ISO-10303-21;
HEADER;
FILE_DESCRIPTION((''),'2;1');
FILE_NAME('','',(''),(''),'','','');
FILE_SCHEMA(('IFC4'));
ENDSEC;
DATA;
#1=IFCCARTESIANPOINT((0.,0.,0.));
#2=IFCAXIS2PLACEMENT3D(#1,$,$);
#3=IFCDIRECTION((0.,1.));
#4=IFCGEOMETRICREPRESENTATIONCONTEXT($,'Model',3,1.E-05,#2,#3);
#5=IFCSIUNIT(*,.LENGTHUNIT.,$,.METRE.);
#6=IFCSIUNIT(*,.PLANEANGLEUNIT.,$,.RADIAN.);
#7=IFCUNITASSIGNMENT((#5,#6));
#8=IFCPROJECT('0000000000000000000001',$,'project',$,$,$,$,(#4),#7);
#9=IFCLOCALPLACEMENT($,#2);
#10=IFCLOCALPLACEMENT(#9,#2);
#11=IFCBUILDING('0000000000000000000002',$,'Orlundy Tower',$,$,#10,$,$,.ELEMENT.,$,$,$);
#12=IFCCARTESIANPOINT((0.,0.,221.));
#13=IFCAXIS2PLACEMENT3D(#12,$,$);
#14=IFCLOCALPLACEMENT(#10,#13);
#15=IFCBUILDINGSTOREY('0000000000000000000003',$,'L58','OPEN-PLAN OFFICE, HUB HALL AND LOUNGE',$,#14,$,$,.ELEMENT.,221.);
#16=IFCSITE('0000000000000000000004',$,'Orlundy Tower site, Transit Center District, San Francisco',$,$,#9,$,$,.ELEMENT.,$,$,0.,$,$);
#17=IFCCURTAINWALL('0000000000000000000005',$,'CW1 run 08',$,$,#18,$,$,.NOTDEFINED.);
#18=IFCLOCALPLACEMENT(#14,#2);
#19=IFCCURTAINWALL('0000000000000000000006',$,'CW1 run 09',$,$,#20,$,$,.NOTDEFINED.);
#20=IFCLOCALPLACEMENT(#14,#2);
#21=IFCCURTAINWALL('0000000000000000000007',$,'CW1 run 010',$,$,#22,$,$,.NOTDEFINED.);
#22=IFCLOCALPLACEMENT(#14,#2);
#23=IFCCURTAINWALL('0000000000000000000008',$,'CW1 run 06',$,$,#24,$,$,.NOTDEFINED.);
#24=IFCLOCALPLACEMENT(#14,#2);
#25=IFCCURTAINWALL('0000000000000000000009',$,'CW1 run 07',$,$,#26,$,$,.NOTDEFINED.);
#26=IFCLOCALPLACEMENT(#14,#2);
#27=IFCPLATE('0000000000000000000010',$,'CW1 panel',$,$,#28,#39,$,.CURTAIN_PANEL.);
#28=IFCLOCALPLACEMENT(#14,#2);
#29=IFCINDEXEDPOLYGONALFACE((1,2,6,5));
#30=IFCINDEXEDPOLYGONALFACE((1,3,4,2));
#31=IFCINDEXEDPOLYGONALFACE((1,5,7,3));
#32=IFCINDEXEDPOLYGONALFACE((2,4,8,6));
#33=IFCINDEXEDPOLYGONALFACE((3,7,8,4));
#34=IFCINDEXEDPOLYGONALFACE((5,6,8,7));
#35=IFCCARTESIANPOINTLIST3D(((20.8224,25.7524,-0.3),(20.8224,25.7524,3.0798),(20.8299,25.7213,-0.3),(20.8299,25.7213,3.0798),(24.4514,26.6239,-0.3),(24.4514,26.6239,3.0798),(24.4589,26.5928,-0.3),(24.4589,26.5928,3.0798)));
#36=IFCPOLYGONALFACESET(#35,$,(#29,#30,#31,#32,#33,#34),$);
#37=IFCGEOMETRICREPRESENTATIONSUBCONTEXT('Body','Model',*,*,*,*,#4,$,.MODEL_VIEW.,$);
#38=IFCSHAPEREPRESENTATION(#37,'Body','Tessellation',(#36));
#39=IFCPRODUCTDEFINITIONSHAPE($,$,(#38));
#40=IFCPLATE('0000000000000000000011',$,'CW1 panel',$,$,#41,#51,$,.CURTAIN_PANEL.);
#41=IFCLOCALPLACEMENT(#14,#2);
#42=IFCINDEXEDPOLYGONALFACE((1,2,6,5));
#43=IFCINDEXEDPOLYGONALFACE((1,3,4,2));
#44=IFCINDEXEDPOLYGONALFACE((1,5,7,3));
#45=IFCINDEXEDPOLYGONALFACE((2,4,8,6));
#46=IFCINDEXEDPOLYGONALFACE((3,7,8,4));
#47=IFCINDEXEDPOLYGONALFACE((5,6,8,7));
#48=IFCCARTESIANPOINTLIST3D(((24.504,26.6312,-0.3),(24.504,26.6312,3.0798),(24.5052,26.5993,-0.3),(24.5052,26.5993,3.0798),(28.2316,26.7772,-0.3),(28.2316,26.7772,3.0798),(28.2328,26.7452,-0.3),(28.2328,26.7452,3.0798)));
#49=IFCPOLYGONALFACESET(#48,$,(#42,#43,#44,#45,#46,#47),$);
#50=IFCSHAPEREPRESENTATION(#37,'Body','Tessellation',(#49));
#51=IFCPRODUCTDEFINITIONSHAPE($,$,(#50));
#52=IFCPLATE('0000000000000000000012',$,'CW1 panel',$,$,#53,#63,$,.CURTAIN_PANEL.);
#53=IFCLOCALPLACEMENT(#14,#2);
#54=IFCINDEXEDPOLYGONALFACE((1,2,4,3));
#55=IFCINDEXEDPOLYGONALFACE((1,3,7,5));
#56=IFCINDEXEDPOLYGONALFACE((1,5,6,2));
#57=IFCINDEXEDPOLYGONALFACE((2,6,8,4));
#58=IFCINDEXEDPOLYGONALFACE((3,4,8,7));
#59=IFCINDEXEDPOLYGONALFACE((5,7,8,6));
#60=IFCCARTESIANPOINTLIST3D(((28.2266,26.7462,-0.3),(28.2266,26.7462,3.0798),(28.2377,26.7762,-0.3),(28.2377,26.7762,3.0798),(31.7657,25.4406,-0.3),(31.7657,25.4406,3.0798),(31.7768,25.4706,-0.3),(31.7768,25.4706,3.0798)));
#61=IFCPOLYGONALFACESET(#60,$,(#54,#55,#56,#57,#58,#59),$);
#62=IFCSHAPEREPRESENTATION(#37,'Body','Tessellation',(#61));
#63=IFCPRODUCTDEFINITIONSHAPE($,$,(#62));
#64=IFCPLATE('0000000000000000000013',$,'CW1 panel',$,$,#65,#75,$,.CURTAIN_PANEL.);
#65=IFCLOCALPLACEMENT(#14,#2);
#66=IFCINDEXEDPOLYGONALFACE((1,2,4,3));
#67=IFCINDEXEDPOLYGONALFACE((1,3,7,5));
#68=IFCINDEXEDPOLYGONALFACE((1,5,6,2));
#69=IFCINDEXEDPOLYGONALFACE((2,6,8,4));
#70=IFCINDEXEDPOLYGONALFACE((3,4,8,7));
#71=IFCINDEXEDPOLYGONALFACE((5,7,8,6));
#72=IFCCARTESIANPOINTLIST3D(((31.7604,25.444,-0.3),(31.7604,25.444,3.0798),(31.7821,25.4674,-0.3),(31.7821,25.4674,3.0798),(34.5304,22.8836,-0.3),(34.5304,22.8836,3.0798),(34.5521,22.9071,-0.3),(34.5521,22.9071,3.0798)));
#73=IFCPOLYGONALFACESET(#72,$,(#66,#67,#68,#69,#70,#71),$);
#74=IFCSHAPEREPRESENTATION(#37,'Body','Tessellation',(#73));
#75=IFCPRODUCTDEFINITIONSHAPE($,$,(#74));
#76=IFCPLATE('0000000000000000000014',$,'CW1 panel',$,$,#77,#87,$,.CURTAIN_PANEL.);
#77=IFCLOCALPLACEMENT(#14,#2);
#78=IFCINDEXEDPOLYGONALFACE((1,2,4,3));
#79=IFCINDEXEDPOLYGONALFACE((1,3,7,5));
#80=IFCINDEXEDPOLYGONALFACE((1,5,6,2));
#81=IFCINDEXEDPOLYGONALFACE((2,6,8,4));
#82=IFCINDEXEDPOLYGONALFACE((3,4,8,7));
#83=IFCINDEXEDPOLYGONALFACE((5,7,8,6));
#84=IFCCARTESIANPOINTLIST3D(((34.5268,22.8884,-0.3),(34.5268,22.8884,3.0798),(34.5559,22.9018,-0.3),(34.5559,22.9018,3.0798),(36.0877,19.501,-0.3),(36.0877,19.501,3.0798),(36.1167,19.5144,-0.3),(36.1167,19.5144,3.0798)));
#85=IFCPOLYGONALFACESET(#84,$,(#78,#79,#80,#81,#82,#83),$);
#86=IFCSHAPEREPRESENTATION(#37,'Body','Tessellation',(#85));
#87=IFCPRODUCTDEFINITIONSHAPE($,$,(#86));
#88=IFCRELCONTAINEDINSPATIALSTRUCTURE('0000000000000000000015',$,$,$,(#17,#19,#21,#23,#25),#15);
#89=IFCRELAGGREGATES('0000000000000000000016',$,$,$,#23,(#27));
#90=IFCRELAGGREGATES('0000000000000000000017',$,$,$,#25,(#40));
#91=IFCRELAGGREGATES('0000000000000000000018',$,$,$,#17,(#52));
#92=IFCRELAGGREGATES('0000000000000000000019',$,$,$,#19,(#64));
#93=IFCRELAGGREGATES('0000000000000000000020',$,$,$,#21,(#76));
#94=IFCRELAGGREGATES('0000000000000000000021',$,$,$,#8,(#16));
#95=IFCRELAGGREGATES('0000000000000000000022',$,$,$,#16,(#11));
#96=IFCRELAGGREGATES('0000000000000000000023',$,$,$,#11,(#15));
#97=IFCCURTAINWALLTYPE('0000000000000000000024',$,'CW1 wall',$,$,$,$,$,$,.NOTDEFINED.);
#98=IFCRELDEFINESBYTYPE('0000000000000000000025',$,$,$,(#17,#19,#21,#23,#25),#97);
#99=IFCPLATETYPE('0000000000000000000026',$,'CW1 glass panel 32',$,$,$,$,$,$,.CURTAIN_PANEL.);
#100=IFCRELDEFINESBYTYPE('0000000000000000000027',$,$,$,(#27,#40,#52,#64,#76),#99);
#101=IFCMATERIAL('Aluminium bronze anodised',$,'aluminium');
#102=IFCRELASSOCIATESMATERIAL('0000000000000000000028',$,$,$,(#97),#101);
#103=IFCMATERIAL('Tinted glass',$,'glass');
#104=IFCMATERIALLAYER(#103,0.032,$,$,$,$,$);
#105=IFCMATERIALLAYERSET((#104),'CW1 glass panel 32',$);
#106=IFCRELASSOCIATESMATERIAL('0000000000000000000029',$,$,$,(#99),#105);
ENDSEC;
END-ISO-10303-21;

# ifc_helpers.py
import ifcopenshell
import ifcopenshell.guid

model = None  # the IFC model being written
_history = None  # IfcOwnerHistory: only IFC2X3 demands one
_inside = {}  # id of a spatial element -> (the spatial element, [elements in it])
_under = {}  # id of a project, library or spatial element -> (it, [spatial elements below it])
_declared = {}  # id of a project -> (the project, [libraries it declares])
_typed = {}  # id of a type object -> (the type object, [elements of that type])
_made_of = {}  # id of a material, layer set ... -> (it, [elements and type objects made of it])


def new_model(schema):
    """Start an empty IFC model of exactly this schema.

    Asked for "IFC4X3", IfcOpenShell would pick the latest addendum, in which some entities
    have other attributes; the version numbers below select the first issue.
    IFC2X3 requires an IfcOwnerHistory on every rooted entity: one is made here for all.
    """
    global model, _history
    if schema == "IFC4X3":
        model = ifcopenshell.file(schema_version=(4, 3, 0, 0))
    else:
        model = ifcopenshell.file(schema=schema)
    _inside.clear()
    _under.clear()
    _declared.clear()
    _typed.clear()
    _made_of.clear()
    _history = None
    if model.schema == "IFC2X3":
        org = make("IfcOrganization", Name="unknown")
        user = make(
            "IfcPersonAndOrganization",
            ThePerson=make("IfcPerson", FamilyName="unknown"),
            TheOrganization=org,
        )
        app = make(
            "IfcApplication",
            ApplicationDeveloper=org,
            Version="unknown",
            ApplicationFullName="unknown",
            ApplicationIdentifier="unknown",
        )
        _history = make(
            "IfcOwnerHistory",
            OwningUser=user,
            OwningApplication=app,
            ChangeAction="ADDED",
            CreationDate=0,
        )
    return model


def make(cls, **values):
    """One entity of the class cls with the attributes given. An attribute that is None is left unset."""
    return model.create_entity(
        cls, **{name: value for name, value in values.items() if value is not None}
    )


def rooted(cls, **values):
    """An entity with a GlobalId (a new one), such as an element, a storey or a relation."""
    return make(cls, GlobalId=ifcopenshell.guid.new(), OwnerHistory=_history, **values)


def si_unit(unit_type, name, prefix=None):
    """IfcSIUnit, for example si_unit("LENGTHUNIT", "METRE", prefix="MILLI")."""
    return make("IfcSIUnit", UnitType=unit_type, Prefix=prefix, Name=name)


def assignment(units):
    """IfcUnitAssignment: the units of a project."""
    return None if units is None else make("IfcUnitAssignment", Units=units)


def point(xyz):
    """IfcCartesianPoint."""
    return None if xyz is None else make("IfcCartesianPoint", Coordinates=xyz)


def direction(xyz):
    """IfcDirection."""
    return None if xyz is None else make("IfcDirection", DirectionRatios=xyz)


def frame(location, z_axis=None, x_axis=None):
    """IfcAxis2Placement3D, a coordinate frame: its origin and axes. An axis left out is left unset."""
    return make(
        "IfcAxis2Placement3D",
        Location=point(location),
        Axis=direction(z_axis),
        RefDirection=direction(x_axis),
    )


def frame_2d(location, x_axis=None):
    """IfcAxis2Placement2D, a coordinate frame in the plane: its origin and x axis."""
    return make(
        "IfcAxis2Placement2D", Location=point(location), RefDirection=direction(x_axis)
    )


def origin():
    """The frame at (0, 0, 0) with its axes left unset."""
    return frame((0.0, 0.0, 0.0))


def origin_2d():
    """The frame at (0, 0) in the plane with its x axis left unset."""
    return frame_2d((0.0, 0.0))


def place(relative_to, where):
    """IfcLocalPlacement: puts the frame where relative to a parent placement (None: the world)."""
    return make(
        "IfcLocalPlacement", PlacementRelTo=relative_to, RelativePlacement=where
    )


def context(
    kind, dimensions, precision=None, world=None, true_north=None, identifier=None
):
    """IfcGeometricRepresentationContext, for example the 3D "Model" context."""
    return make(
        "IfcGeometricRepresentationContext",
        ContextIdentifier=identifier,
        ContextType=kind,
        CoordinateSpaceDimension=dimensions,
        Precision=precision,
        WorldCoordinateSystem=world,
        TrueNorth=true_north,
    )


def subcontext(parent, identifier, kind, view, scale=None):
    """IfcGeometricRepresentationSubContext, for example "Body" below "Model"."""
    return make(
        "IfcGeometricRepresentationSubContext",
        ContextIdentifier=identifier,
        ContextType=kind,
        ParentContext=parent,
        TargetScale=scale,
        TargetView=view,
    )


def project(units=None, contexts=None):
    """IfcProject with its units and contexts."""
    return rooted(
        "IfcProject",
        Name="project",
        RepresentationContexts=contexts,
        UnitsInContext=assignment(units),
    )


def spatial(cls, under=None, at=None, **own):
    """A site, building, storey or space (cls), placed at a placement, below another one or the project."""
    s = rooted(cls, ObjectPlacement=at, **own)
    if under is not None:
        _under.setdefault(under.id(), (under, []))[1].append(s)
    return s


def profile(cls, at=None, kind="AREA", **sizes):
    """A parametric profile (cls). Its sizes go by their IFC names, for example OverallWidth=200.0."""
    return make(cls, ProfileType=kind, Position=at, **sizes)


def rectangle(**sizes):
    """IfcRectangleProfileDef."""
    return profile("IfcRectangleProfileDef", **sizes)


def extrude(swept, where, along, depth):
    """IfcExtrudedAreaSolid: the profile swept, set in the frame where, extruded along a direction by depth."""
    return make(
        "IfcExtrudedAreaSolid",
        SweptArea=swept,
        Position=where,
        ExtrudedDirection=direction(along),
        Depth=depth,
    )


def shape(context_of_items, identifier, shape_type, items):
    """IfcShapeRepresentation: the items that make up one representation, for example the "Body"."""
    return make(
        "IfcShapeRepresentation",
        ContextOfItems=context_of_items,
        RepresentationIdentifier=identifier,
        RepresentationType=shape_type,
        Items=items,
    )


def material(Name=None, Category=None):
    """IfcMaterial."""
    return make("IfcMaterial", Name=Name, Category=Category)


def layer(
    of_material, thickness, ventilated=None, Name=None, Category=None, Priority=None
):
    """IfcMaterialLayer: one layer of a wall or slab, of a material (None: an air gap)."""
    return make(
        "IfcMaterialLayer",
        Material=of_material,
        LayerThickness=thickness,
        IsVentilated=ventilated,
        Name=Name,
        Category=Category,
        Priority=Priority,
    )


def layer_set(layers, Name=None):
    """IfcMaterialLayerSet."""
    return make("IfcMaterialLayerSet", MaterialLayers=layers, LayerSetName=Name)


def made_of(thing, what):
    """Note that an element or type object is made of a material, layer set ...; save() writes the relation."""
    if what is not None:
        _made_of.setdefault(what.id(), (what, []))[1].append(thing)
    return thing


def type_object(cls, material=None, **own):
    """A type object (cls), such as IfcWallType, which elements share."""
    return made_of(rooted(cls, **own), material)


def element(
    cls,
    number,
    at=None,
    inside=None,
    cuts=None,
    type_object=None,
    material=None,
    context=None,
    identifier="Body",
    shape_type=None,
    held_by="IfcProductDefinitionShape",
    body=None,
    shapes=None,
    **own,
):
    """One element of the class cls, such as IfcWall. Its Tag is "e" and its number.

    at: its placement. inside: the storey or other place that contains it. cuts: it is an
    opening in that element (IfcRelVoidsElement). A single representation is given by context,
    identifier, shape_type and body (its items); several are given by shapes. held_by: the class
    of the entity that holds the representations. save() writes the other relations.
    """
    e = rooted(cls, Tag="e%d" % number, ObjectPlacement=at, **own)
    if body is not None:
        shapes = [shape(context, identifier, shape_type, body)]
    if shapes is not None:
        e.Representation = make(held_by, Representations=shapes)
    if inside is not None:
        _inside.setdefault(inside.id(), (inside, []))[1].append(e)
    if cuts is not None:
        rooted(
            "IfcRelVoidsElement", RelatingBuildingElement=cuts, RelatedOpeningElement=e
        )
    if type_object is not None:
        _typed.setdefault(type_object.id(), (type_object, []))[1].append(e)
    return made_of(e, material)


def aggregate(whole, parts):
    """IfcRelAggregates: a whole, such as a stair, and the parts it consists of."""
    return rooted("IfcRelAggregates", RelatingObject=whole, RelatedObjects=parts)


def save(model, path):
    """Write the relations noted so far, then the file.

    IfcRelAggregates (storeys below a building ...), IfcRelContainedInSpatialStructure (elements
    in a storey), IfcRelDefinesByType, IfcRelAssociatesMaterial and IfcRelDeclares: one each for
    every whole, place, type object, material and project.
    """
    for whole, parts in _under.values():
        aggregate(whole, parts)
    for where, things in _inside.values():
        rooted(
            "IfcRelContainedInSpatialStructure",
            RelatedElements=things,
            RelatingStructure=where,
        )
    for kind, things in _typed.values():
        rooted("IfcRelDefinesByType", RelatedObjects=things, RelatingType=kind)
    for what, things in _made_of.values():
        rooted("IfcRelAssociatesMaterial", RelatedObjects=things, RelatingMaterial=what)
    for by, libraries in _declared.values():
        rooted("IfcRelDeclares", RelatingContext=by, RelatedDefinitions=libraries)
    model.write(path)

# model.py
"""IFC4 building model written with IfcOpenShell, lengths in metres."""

from ifc_helpers import new_model, si_unit, direction, frame, origin, origin_2d, place, context, subcontext, project, spatial, rectangle, extrude, material, layer, layer_set, type_object, element, aggregate, save


model = new_model("IFC4")

# Units and contexts
model_context = context("Model", 3, precision=1e-05, world=origin(), true_north=direction((0.0, 1.0)))
body_context = subcontext(model_context, "Body", "Model", "MODEL_VIEW")
ifc_project = project(units=[si_unit("LENGTHUNIT", "METRE"), si_unit("PLANEANGLEUNIT", "RADIAN")], contexts=[model_context])

# Site, building, storey
site_placement = place(None, origin())
site = spatial("IfcSite", under=ifc_project, at=site_placement, Name="Orlundy Tower site, Transit Center District, San Francisco", CompositionType="ELEMENT", RefElevation=0.0)
building_placement = place(site_placement, origin())
building = spatial("IfcBuilding", under=site, at=building_placement, Name="Orlundy Tower", CompositionType="ELEMENT")
storey_placement = place(building_placement, frame((0.0, 0.0, 221.0)))
storey = spatial("IfcBuildingStorey", under=building, at=storey_placement, Name="L58", Description="OPEN-PLAN OFFICE, HUB HALL AND LOUNGE", CompositionType="ELEMENT", Elevation=221.0)

# Curtain walls
ifc_material_1 = material(Name="Aluminium bronze anodised", Category="aluminium")
curtain_wall_type = type_object("IfcCurtainWallType", Name="CW1 wall", PredefinedType="NOTDEFINED", material=ifc_material_1)
curtain_wall_1_placement = place(storey_placement, origin())
curtain_wall_1 = element("IfcCurtainWall", 1, at=curtain_wall_1_placement, inside=storey, type_object=curtain_wall_type, Name="CW1 run 08", PredefinedType="NOTDEFINED")
curtain_wall_2_placement = place(storey_placement, origin())
curtain_wall_2 = element("IfcCurtainWall", 2, at=curtain_wall_2_placement, inside=storey, type_object=curtain_wall_type, Name="CW1 run 09", PredefinedType="NOTDEFINED")
curtain_wall_3_placement = place(storey_placement, origin())
curtain_wall_3 = element("IfcCurtainWall", 3, at=curtain_wall_3_placement, inside=storey, type_object=curtain_wall_type, Name="CW1 run 010", PredefinedType="NOTDEFINED")
curtain_wall_4_placement = place(storey_placement, origin())
curtain_wall_4 = element("IfcCurtainWall", 4, at=curtain_wall_4_placement, inside=storey, type_object=curtain_wall_type, Name="CW1 run 06", PredefinedType="NOTDEFINED")
curtain_wall_5_placement = place(storey_placement, origin())
curtain_wall_5 = element("IfcCurtainWall", 5, at=curtain_wall_5_placement, inside=storey, type_object=curtain_wall_type, Name="CW1 run 07", PredefinedType="NOTDEFINED")

# Plates
ifc_material_2 = material(Name="Tinted glass", Category="glass")
ifc_layer = layer(ifc_material_2, 0.032)
ifc_layer_set = layer_set([ifc_layer], Name="CW1 glass panel 32")
plate_type = type_object("IfcPlateType", Name="CW1 glass panel 32", PredefinedType="CURTAIN_PANEL", material=ifc_layer_set)
plate_1_placement = place(storey_placement, frame((22.6406, 26.1726, -0.3), z_axis=(0.0, 0.0, 1.0), x_axis=(0.97235, 0.233529, 0.0)))
plate_1 = element("IfcPlate", 6, at=plate_1_placement, type_object=plate_type, Name="CW1 panel", PredefinedType="CURTAIN_PANEL", context=body_context, shape_type="SweptSolid", body=[
    extrude(rectangle(XDim=3.7322, YDim=0.032, at=origin_2d()), origin(), (0.0, 0.0, 1.0), 3.3799),
])
aggregate(curtain_wall_4, [plate_1])
plate_2_placement = place(storey_placement, frame((26.3684, 26.6882, -0.3), z_axis=(0.0, 0.0, 1.0), x_axis=(0.999235, 0.039117, 0.0)))
plate_2 = element("IfcPlate", 7, at=plate_2_placement, type_object=plate_type, Name="CW1 panel", PredefinedType="CURTAIN_PANEL", context=body_context, shape_type="SweptSolid", body=[
    extrude(rectangle(XDim=3.7305, YDim=0.032, at=origin_2d()), origin(), (0.0, 0.0, 1.0), 3.3799),
])
aggregate(curtain_wall_5, [plate_2])
plate_3_placement = place(storey_placement, frame((30.0017, 26.1084, -0.3), z_axis=(0.0, 0.0, 1.0), x_axis=(0.9382, -0.346093, 0.0)))
plate_3 = element("IfcPlate", 8, at=plate_3_placement, type_object=plate_type, Name="CW1 panel", PredefinedType="CURTAIN_PANEL", context=body_context, shape_type="SweptSolid", body=[
    extrude(rectangle(XDim=3.7722, YDim=0.032, at=origin_2d()), origin(), (0.0, 0.0, 1.0), 3.3799),
])
aggregate(curtain_wall_1, [plate_3])
plate_4_placement = place(storey_placement, frame((33.1562, 24.1755, -0.3), z_axis=(0.0, 0.0, 1.0), x_axis=(0.734348, -0.678773, 0.0)))
plate_4 = element("IfcPlate", 9, at=plate_4_placement, type_object=plate_type, Name="CW1 panel", PredefinedType="CURTAIN_PANEL", context=body_context, shape_type="SweptSolid", body=[
    extrude(rectangle(XDim=3.772, YDim=0.032, at=origin_2d()), origin(), (0.0, 0.0, 1.0), 3.3799),
])
aggregate(curtain_wall_2, [plate_4])
plate_5_placement = place(storey_placement, frame((35.3218, 21.2014, -0.3), z_axis=(0.0, 0.0, 1.0), x_axis=(0.418493, -0.90822, 0.0)))
plate_5 = element("IfcPlate", 10, at=plate_5_placement, type_object=plate_type, Name="CW1 panel", PredefinedType="CURTAIN_PANEL", context=body_context, shape_type="SweptSolid", body=[
    extrude(rectangle(XDim=3.7297, YDim=0.032, at=origin_2d()), origin(), (0.0, 0.0, 1.0), 3.3799),
])
aggregate(curtain_wall_3, [plate_5])

save(model, "model.ifc")
